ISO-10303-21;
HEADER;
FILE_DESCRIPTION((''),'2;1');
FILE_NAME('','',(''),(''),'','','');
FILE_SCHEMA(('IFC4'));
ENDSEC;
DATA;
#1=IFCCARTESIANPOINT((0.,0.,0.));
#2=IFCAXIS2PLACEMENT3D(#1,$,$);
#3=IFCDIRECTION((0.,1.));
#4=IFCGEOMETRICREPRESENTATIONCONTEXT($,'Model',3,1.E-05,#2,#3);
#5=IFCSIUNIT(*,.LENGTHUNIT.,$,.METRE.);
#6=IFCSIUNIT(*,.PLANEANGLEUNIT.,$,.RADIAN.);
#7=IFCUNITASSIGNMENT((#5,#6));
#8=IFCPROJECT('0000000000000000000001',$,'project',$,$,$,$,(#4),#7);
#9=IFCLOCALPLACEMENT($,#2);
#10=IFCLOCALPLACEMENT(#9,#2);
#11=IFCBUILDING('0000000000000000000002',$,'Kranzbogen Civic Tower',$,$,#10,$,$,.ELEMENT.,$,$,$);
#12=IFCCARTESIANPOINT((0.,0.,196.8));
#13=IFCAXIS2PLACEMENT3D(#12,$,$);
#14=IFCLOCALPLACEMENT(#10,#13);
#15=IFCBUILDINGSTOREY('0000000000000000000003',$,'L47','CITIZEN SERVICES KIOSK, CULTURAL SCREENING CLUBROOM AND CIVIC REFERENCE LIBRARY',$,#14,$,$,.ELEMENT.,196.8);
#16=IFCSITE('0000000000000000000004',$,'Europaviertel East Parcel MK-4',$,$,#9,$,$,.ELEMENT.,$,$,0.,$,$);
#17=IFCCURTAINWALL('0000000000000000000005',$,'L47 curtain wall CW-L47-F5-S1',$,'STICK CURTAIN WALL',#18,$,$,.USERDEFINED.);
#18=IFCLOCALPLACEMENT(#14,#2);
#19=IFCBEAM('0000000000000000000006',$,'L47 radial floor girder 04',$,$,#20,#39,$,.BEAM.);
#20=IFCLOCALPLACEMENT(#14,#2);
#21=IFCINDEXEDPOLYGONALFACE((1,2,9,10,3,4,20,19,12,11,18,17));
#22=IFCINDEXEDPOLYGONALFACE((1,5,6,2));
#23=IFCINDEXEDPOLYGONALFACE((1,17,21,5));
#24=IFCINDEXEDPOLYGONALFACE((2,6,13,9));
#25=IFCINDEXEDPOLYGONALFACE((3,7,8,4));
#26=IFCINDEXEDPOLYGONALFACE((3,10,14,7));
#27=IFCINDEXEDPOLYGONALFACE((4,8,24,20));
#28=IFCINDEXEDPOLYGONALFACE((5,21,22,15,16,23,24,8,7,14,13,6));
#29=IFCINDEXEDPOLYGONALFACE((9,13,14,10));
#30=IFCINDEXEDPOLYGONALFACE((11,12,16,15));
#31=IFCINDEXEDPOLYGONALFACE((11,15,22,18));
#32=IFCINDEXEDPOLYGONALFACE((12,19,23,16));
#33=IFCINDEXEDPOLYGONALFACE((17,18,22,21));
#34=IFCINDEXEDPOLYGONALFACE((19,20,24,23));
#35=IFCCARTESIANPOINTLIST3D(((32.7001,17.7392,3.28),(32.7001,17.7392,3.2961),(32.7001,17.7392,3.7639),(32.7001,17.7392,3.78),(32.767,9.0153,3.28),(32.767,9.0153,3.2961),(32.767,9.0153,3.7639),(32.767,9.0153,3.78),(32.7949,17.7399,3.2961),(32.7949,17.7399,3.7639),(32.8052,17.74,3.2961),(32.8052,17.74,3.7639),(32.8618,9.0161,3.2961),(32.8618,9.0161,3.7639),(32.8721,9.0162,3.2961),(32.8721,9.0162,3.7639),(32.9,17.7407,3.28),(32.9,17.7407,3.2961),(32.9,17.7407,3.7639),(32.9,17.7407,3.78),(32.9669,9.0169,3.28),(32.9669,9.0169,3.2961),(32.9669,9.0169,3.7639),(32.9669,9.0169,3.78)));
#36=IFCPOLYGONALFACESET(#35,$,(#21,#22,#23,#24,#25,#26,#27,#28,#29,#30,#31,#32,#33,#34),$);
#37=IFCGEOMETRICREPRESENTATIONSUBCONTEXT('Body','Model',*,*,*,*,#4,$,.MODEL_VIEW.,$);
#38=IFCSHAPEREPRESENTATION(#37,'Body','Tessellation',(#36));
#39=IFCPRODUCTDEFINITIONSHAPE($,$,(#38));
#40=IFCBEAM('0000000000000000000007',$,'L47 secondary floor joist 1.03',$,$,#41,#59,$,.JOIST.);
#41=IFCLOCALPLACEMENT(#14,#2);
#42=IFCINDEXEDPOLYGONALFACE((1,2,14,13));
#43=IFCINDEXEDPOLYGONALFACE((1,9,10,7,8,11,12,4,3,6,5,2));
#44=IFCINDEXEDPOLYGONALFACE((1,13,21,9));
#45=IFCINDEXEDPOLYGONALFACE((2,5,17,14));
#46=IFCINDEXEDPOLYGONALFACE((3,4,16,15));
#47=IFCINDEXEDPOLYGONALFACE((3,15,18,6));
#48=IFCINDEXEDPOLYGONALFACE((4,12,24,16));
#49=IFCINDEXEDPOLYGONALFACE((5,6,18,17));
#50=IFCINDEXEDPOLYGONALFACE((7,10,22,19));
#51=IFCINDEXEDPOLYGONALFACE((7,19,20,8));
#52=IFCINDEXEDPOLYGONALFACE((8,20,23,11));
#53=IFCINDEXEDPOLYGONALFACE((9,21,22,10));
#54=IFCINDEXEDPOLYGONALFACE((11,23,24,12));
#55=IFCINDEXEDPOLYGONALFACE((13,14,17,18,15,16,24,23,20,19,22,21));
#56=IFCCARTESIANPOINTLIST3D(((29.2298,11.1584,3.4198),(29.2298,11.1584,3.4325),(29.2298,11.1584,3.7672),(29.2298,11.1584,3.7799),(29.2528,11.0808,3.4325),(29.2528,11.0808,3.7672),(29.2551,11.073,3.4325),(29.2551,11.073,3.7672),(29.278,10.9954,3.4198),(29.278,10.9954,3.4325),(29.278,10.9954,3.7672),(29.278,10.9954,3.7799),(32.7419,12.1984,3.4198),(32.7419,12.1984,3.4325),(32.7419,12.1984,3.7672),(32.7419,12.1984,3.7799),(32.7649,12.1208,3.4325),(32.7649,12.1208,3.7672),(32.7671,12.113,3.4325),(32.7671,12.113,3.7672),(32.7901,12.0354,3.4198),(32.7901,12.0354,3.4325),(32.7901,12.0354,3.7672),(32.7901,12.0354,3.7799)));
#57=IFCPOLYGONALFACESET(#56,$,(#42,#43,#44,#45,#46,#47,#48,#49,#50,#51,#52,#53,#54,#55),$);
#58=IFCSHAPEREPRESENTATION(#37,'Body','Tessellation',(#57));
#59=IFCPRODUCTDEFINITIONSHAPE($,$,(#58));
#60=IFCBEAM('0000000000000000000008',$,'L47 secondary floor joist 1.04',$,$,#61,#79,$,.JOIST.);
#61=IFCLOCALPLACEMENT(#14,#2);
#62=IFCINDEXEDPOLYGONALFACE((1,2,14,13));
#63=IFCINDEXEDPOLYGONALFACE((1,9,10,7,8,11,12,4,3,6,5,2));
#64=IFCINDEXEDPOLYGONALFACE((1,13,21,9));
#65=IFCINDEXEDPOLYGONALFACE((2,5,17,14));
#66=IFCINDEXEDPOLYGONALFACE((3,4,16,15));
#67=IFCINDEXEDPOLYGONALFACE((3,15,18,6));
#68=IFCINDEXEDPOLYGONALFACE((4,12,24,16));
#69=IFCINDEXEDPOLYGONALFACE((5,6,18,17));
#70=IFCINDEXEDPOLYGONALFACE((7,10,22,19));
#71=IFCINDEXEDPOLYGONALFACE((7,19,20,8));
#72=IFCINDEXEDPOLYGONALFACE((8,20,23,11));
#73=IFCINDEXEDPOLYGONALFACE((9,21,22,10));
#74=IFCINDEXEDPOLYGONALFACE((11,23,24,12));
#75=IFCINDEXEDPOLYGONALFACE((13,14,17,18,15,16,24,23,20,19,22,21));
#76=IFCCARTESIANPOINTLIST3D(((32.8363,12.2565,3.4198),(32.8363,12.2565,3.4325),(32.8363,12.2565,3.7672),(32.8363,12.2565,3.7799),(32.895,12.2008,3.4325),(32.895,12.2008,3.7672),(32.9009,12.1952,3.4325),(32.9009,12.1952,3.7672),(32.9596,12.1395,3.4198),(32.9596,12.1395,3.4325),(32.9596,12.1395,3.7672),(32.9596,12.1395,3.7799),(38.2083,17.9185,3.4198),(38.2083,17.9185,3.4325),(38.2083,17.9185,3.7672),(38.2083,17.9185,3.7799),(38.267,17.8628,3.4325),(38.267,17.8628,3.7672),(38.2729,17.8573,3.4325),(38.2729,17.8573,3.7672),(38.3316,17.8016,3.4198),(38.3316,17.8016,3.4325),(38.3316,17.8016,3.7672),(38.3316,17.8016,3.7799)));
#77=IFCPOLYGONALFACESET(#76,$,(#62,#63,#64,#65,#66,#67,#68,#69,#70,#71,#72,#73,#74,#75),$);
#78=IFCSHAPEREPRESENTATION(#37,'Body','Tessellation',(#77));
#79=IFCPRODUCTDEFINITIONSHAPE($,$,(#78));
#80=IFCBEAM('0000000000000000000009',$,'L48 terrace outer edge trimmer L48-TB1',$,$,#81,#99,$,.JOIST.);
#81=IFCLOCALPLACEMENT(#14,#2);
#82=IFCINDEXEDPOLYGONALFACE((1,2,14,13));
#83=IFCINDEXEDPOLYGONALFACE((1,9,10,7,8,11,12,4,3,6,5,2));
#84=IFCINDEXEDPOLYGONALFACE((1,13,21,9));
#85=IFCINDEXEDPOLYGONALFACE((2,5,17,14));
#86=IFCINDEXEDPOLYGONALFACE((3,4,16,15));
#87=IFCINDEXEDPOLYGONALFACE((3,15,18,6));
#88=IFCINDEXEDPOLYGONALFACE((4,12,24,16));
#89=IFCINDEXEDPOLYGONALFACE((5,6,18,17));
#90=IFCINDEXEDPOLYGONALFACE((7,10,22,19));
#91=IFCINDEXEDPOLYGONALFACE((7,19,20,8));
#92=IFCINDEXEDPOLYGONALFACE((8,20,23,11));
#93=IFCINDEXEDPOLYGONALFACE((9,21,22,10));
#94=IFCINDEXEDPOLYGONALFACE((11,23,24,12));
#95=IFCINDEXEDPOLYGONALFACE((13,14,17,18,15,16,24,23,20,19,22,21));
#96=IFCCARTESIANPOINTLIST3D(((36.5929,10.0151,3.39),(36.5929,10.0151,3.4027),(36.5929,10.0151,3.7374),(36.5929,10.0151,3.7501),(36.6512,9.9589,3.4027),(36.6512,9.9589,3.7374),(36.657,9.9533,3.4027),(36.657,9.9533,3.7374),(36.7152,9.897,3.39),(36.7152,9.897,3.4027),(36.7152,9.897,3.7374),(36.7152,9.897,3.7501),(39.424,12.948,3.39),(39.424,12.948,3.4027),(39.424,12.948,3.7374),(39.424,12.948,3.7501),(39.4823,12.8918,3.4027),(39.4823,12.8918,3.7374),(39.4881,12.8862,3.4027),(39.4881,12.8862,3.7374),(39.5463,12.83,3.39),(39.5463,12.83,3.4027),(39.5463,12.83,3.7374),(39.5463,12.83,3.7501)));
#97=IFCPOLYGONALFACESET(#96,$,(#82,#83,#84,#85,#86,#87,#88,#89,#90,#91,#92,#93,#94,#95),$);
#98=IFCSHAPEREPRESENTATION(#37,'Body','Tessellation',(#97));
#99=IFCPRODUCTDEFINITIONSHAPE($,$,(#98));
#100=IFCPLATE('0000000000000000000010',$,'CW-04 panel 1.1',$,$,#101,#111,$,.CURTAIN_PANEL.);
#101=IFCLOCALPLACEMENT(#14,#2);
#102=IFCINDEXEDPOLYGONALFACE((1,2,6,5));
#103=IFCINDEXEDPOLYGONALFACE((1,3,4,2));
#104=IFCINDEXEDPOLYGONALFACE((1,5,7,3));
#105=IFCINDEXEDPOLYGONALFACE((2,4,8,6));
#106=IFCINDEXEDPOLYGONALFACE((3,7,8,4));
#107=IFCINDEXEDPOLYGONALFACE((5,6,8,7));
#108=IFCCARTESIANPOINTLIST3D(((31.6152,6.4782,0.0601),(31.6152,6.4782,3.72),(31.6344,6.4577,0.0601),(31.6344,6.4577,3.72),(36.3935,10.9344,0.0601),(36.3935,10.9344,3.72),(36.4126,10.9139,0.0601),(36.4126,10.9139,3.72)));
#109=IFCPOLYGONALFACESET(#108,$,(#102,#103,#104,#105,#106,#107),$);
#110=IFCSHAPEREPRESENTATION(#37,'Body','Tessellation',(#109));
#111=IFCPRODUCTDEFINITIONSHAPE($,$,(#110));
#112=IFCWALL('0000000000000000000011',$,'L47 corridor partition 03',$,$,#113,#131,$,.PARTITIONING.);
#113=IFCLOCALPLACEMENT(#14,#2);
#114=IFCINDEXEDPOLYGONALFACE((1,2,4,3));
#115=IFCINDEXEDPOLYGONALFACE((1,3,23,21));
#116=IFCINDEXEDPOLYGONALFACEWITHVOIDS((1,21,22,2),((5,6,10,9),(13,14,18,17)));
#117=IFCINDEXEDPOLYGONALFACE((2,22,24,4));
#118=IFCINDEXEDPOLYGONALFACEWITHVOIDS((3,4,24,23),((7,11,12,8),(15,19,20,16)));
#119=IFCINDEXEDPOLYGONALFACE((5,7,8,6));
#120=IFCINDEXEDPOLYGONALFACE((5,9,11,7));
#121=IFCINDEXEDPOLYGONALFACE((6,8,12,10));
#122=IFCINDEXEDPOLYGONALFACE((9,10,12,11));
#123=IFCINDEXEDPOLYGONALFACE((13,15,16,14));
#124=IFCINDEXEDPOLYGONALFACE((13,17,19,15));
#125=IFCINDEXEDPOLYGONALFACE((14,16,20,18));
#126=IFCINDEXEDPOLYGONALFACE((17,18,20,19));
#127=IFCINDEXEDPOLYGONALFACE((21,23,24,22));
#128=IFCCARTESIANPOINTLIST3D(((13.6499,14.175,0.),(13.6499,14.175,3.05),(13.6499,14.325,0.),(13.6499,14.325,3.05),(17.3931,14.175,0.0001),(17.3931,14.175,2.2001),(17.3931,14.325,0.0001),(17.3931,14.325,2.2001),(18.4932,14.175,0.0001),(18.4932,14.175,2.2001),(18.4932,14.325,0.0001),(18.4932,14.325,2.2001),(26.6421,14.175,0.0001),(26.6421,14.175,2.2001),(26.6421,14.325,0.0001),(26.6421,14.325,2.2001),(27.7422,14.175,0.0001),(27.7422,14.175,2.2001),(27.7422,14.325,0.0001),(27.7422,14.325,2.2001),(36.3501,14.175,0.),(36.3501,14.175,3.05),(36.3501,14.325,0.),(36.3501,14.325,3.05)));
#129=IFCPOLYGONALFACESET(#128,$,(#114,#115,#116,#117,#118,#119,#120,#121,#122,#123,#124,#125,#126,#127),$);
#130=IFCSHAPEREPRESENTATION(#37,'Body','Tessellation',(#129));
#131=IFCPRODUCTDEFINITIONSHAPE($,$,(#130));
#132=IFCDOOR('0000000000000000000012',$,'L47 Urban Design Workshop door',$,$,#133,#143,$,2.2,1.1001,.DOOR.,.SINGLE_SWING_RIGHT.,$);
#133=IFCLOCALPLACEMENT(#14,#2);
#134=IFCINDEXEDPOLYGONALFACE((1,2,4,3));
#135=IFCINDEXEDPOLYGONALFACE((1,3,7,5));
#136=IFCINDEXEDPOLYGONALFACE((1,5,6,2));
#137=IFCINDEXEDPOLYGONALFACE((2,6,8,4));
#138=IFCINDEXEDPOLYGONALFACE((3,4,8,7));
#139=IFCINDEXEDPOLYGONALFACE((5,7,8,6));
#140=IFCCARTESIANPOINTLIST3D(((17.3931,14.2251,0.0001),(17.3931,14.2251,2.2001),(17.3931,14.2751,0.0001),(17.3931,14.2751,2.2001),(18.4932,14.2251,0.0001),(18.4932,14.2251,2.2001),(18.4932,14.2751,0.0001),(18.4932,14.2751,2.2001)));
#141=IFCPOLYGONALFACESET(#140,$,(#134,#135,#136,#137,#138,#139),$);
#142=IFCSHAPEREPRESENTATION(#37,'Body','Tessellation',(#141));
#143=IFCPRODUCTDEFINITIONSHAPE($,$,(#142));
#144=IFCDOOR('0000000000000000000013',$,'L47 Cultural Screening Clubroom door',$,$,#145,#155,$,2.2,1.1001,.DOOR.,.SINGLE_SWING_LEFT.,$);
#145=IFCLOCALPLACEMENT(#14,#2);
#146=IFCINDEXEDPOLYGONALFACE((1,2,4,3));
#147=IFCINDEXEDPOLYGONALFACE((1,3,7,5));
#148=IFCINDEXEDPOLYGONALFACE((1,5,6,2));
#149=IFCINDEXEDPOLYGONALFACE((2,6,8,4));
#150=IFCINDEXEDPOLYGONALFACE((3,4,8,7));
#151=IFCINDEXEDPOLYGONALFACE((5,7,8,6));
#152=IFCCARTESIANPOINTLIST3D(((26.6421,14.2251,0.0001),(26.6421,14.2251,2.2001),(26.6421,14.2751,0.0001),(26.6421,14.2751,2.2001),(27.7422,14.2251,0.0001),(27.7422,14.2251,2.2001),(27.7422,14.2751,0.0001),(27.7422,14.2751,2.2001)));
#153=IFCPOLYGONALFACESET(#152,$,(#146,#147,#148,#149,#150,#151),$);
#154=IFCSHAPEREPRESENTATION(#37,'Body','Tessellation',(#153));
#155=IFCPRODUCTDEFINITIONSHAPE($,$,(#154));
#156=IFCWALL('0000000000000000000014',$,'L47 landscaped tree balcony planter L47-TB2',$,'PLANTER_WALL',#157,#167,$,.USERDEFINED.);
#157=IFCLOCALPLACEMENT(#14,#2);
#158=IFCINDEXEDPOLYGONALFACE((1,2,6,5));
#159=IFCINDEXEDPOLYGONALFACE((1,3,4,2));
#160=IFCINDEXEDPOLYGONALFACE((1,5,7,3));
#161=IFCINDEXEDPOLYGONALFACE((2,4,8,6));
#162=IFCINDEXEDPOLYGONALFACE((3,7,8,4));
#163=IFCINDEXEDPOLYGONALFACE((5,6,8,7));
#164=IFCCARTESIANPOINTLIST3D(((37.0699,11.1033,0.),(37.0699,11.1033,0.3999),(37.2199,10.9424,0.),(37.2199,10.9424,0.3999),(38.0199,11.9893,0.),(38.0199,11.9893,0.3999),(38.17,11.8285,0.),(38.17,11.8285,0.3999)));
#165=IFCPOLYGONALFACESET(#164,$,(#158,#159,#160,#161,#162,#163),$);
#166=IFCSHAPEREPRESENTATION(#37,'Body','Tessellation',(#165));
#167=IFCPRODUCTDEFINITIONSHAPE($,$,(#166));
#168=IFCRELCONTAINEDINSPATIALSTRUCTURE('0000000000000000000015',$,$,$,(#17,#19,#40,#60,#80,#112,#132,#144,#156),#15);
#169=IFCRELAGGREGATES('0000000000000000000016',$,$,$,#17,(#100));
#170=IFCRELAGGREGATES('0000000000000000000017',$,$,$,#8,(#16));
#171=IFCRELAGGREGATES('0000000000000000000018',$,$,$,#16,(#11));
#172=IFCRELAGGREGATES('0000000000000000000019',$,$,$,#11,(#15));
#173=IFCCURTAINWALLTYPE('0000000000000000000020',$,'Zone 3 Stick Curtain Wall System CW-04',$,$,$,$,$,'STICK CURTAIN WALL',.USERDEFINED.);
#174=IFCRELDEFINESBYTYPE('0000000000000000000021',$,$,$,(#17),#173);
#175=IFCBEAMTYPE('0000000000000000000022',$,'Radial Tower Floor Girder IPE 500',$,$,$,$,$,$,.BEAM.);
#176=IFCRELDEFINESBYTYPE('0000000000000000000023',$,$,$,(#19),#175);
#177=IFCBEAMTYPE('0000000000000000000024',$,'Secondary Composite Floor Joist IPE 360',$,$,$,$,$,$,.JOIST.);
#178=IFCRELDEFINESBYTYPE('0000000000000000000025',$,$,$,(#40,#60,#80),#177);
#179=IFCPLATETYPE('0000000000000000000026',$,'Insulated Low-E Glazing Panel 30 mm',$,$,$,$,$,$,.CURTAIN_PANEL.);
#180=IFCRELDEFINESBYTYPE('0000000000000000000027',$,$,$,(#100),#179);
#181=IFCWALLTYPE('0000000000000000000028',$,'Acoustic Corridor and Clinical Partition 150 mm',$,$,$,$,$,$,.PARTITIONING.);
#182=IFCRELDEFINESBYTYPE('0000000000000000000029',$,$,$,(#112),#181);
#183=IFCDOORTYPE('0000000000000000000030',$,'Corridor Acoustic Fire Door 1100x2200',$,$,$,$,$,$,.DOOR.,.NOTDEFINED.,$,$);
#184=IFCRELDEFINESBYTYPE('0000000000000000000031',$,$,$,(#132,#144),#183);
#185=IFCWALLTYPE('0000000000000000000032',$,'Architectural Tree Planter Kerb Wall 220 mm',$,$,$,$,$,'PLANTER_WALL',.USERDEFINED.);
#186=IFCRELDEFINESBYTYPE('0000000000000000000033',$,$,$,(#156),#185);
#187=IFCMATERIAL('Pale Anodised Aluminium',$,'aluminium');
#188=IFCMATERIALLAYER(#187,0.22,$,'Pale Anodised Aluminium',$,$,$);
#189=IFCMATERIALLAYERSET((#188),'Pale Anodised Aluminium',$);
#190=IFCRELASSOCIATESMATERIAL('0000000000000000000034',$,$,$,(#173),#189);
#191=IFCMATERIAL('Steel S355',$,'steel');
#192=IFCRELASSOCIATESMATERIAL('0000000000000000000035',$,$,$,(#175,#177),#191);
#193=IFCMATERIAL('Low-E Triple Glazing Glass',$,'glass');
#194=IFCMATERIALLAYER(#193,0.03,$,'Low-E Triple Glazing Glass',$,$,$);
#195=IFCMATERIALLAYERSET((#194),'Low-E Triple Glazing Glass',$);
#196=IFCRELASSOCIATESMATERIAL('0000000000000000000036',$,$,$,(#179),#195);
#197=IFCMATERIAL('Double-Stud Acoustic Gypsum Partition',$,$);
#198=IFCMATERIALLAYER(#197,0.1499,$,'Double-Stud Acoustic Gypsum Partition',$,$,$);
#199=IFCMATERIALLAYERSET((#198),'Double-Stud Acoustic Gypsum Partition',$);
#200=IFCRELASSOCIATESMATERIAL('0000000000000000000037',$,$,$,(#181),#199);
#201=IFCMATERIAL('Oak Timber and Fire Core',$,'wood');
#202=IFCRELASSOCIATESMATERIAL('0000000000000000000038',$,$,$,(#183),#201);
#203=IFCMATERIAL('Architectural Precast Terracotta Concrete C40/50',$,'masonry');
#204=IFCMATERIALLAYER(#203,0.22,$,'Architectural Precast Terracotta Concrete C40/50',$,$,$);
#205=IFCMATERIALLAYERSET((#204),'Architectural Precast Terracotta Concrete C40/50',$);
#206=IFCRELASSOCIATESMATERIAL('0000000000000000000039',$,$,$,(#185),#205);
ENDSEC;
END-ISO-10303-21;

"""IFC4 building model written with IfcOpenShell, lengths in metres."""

from ifc_helpers import new_model, si_unit, direction, frame, frame_2d, origin, origin_2d, place, context, subcontext, project, spatial, rectangle, i_section, extrude, material, layer, layer_set, material_profile, profile_set, type_object, element, fill, aggregate, save


model = new_model("IFC4")

# Units and contexts
model_context = context("Model", 3, precision=1e-05, world=origin(), true_north=direction((0.0, 1.0)))
body_context = subcontext(model_context, "Body", "Model", "MODEL_VIEW")
ifc_project = project(units=[si_unit("LENGTHUNIT", "METRE"), si_unit("PLANEANGLEUNIT", "RADIAN")], contexts=[model_context])

# Site, building, storey
site_placement = place(None, origin())
site = spatial("IfcSite", under=ifc_project, at=site_placement, Name="Europaviertel East Parcel MK-4", CompositionType="ELEMENT", RefElevation=0.0)
building_placement = place(site_placement, origin())
building = spatial("IfcBuilding", under=site, at=building_placement, Name="Kranzbogen Civic Tower", CompositionType="ELEMENT")
storey_placement = place(building_placement, frame((0.0, 0.0, 196.8)))
storey = spatial("IfcBuildingStorey", under=building, at=storey_placement, Name="L47", Description="CITIZEN SERVICES KIOSK, CULTURAL SCREENING CLUBROOM AND CIVIC REFERENCE LIBRARY", CompositionType="ELEMENT", Elevation=196.8)

# Shared definitions
ifc_material_1 = material(Name="Steel S355", Category="steel")

# Curtain wall
ifc_material_2 = material(Name="Pale Anodised Aluminium", Category="aluminium")
ifc_layer_1 = layer(ifc_material_2, 0.22, Name="Pale Anodised Aluminium")
ifc_layer_set_1 = layer_set([ifc_layer_1], Name="Pale Anodised Aluminium")
curtain_wall_type = type_object("IfcCurtainWallType", Name="Zone 3 Stick Curtain Wall System CW-04", ElementType="STICK CURTAIN WALL", PredefinedType="USERDEFINED", material=ifc_layer_set_1)
curtain_wall_1_placement = place(storey_placement, origin())
curtain_wall_1 = element("IfcCurtainWall", 1, at=curtain_wall_1_placement, inside=storey, type_object=curtain_wall_type, Name="L47 curtain wall CW-L47-F5-S1", ObjectType="STICK CURTAIN WALL", PredefinedType="USERDEFINED")

# Beams
ifc_material_profile_1 = material_profile(ifc_material_1, i_section(OverallWidth=0.2, OverallDepth=0.5, WebThickness=0.0103, FlangeThickness=0.0161, at=origin_2d()), Name="IPE 500")
ifc_profile_set_1 = profile_set([ifc_material_profile_1], Name="Steel S355")
beam_type_1 = type_object("IfcBeamType", Name="Radial Tower Floor Girder IPE 500", PredefinedType="BEAM", material=ifc_profile_set_1)
beam_1_placement = place(storey_placement, frame((32.8669, 9.0161, 3.53), z_axis=(-0.007668, 0.999971, 0.0), x_axis=(-0.999971, -0.007668, 0.0)))
element("IfcBeam", 2, at=beam_1_placement, inside=storey, type_object=beam_type_1, Name="L47 radial floor girder 04", PredefinedType="BEAM", context=body_context, shape_type="SweptSolid", body=[
    extrude(i_section(OverallWidth=0.2, OverallDepth=0.5, WebThickness=0.0103, FlangeThickness=0.0161, at=origin_2d()), origin(), (0.0, 0.0, 1.0), 8.7241),
])
ifc_material_profile_2 = material_profile(ifc_material_1, i_section(OverallWidth=0.1699, OverallDepth=0.3601, WebThickness=0.0081, FlangeThickness=0.0127, at=origin_2d()), Name="IPE 360")
ifc_profile_set_2 = profile_set([ifc_material_profile_2], Name="Steel S355")
beam_type_2 = type_object("IfcBeamType", Name="Secondary Composite Floor Joist IPE 360", PredefinedType="JOIST", material=ifc_profile_set_2)
beam_2_placement = place(storey_placement, frame((29.2539, 11.0769, 3.5999), z_axis=(0.958844, 0.283934, 0.0), x_axis=(-0.283934, 0.958844, 0.0)))
element("IfcBeam", 3, at=beam_2_placement, inside=storey, type_object=beam_type_2, Name="L47 secondary floor joist 1.03", PredefinedType="JOIST", context=body_context, shape_type="SweptSolid", body=[
    extrude(i_section(OverallWidth=0.1699, OverallDepth=0.3601, WebThickness=0.0081, FlangeThickness=0.0127, at=origin_2d()), origin(), (0.0, 0.0, 1.0), 3.6628),
])
beam_3_placement = place(storey_placement, frame((32.8979, 12.198, 3.5999), z_axis=(0.688282, 0.725443, 0.0), x_axis=(-0.725443, 0.688282, 0.0)))
element("IfcBeam", 4, at=beam_3_placement, inside=storey, type_object=beam_type_2, Name="L47 secondary floor joist 1.04", PredefinedType="JOIST", context=body_context, shape_type="SweptSolid", body=[
    extrude(i_section(OverallWidth=0.1699, OverallDepth=0.3601, WebThickness=0.0081, FlangeThickness=0.0127, at=origin_2d()), origin(), (0.0, 0.0, 1.0), 7.8049),
])
beam_4_placement = place(storey_placement, frame((36.6541, 9.9561, 3.5701), z_axis=(0.694509, 0.719484, 0.0), x_axis=(-0.719484, 0.694509, 0.0)))
element("IfcBeam", 5, at=beam_4_placement, inside=storey, type_object=beam_type_2, Name="L48 terrace outer edge trimmer L48-TB1", PredefinedType="JOIST", context=body_context, shape_type="SweptSolid", body=[
    extrude(i_section(OverallWidth=0.1699, OverallDepth=0.3601, WebThickness=0.0081, FlangeThickness=0.0127, at=origin_2d()), origin(), (0.0, 0.0, 1.0), 4.0764),
])

# Plate
ifc_material_3 = material(Name="Low-E Triple Glazing Glass", Category="glass")
ifc_layer_2 = layer(ifc_material_3, 0.03, Name="Low-E Triple Glazing Glass")
ifc_layer_set_2 = layer_set([ifc_layer_2], Name="Low-E Triple Glazing Glass")
plate_type = type_object("IfcPlateType", Name="Insulated Low-E Glazing Panel 30 mm", PredefinedType="CURTAIN_PANEL", material=ifc_layer_set_2)
plate_placement = place(storey_placement, frame((34.0139, 8.696, 0.0601), z_axis=(0.0, 0.0, 1.0), x_axis=(0.731325, 0.682029, 0.0)))
plate = element("IfcPlate", 6, at=plate_placement, type_object=plate_type, Name="CW-04 panel 1.1", PredefinedType="CURTAIN_PANEL", context=body_context, shape_type="SweptSolid", body=[
    extrude(rectangle(XDim=6.5337, YDim=0.0281, at=origin_2d()), origin(), (0.0, 0.0, 1.0), 3.6599),
])
aggregate(curtain_wall_1, [plate])

# Wall, openings, doors
ifc_material_4 = material(Name="Double-Stud Acoustic Gypsum Partition")
ifc_layer_3 = layer(ifc_material_4, 0.1499, Name="Double-Stud Acoustic Gypsum Partition")
ifc_layer_set_3 = layer_set([ifc_layer_3], Name="Double-Stud Acoustic Gypsum Partition")
wall_type_1 = type_object("IfcWallType", Name="Acoustic Corridor and Clinical Partition 150 mm", PredefinedType="PARTITIONING", material=ifc_layer_set_3)
wall_1_placement = place(storey_placement, frame((36.3501, 14.25, 0.0), z_axis=(0.0, 0.0, 1.0), x_axis=(-1.0, 0.0, 0.0)))
wall_1 = element("IfcWall", 7, at=wall_1_placement, inside=storey, type_object=wall_type_1, Name="L47 corridor partition 03", PredefinedType="PARTITIONING", context=body_context, shape_type="SweptSolid", body=[
    extrude(rectangle(XDim=22.7002, YDim=0.1499, at=frame_2d((11.3501, 0.0))), origin(), (0.0, 0.0, 1.0), 3.05),
])
opening_1_placement = place(wall_1_placement, frame((17.8569, 0.0, 0.0)))
opening_1 = element("IfcOpeningElement", 8, at=opening_1_placement, cuts=wall_1, PredefinedType="OPENING", context=body_context, shape_type="SweptSolid", body=[
    extrude(rectangle(XDim=1.1001, YDim=2.2, at=frame_2d((0.55, 1.1001))), frame((0.0, 0.085, 0.0), z_axis=(0.0, -1.0, 0.0), x_axis=(1.0, 0.0, 0.0)), (0.0, 0.0, 1.0), 0.1699),
])
opening_2_placement = place(wall_1_placement, frame((8.6079, 0.0, 0.0)))
opening_2 = element("IfcOpeningElement", 9, at=opening_2_placement, cuts=wall_1, PredefinedType="OPENING", context=body_context, shape_type="SweptSolid", body=[
    extrude(rectangle(XDim=1.1001, YDim=2.2, at=frame_2d((0.55, 1.1001))), frame((0.0, 0.085, 0.0), z_axis=(0.0, -1.0, 0.0), x_axis=(1.0, 0.0, 0.0)), (0.0, 0.0, 1.0), 0.1699),
])
ifc_material_5 = material(Name="Oak Timber and Fire Core", Category="wood")
door_type_1 = type_object("IfcDoorType", Name="Corridor Acoustic Fire Door 1100x2200", OperationType="NOTDEFINED", PredefinedType="DOOR", material=ifc_material_5)
door_1_placement = place(opening_1_placement, origin())
door_1 = element("IfcDoor", 10, at=door_1_placement, inside=storey, type_object=door_type_1, Name="L47 Urban Design Workshop door", OperationType="SINGLE_SWING_RIGHT", OverallHeight=2.2, OverallWidth=1.1001, PredefinedType="DOOR", context=body_context, shape_type="SweptSolid", body=[
    extrude(rectangle(XDim=1.1001, YDim=2.2, at=frame_2d((0.55, 1.1001))), frame((0.0, 0.0249, 0.0), z_axis=(0.0, -1.0, 0.0), x_axis=(1.0, 0.0, 0.0)), (0.0, 0.0, 1.0), 0.05),
])
fill(opening_1, door_1)
door_2_placement = place(opening_2_placement, origin())
door_2 = element("IfcDoor", 11, at=door_2_placement, inside=storey, type_object=door_type_1, Name="L47 Cultural Screening Clubroom door", OperationType="SINGLE_SWING_LEFT", OverallHeight=2.2, OverallWidth=1.1001, PredefinedType="DOOR", context=body_context, shape_type="SweptSolid", body=[
    extrude(rectangle(XDim=1.1001, YDim=2.2, at=frame_2d((0.55, 1.1001))), frame((0.0, 0.0249, 0.0), z_axis=(0.0, -1.0, 0.0), x_axis=(1.0, 0.0, 0.0)), (0.0, 0.0, 1.0), 0.05),
])
fill(opening_2, door_2)

# Wall
ifc_material_6 = material(Name="Architectural Precast Terracotta Concrete C40/50", Category="masonry")
ifc_layer_4 = layer(ifc_material_6, 0.22, Name="Architectural Precast Terracotta Concrete C40/50")
ifc_layer_set_4 = layer_set([ifc_layer_4], Name="Architectural Precast Terracotta Concrete C40/50")
wall_type_2 = type_object("IfcWallType", Name="Architectural Tree Planter Kerb Wall 220 mm", ElementType="PLANTER_WALL", PredefinedType="USERDEFINED", material=ifc_layer_set_4)
wall_2_placement = place(storey_placement, frame((37.145, 11.0229, 0.0), z_axis=(0.0, 0.0, 1.0), x_axis=(0.731299, 0.682057, 0.0)))
element("IfcWall", 12, at=wall_2_placement, inside=storey, type_object=wall_type_2, Name="L47 landscaped tree balcony planter L47-TB2", ObjectType="PLANTER_WALL", PredefinedType="USERDEFINED", context=body_context, shape_type="SweptSolid", body=[
    extrude(rectangle(XDim=1.2991, YDim=0.22, at=frame_2d((0.6494, 0.0))), origin(), (0.0, 0.0, 1.0), 0.3999),
])

save(model, "model.ifc")
